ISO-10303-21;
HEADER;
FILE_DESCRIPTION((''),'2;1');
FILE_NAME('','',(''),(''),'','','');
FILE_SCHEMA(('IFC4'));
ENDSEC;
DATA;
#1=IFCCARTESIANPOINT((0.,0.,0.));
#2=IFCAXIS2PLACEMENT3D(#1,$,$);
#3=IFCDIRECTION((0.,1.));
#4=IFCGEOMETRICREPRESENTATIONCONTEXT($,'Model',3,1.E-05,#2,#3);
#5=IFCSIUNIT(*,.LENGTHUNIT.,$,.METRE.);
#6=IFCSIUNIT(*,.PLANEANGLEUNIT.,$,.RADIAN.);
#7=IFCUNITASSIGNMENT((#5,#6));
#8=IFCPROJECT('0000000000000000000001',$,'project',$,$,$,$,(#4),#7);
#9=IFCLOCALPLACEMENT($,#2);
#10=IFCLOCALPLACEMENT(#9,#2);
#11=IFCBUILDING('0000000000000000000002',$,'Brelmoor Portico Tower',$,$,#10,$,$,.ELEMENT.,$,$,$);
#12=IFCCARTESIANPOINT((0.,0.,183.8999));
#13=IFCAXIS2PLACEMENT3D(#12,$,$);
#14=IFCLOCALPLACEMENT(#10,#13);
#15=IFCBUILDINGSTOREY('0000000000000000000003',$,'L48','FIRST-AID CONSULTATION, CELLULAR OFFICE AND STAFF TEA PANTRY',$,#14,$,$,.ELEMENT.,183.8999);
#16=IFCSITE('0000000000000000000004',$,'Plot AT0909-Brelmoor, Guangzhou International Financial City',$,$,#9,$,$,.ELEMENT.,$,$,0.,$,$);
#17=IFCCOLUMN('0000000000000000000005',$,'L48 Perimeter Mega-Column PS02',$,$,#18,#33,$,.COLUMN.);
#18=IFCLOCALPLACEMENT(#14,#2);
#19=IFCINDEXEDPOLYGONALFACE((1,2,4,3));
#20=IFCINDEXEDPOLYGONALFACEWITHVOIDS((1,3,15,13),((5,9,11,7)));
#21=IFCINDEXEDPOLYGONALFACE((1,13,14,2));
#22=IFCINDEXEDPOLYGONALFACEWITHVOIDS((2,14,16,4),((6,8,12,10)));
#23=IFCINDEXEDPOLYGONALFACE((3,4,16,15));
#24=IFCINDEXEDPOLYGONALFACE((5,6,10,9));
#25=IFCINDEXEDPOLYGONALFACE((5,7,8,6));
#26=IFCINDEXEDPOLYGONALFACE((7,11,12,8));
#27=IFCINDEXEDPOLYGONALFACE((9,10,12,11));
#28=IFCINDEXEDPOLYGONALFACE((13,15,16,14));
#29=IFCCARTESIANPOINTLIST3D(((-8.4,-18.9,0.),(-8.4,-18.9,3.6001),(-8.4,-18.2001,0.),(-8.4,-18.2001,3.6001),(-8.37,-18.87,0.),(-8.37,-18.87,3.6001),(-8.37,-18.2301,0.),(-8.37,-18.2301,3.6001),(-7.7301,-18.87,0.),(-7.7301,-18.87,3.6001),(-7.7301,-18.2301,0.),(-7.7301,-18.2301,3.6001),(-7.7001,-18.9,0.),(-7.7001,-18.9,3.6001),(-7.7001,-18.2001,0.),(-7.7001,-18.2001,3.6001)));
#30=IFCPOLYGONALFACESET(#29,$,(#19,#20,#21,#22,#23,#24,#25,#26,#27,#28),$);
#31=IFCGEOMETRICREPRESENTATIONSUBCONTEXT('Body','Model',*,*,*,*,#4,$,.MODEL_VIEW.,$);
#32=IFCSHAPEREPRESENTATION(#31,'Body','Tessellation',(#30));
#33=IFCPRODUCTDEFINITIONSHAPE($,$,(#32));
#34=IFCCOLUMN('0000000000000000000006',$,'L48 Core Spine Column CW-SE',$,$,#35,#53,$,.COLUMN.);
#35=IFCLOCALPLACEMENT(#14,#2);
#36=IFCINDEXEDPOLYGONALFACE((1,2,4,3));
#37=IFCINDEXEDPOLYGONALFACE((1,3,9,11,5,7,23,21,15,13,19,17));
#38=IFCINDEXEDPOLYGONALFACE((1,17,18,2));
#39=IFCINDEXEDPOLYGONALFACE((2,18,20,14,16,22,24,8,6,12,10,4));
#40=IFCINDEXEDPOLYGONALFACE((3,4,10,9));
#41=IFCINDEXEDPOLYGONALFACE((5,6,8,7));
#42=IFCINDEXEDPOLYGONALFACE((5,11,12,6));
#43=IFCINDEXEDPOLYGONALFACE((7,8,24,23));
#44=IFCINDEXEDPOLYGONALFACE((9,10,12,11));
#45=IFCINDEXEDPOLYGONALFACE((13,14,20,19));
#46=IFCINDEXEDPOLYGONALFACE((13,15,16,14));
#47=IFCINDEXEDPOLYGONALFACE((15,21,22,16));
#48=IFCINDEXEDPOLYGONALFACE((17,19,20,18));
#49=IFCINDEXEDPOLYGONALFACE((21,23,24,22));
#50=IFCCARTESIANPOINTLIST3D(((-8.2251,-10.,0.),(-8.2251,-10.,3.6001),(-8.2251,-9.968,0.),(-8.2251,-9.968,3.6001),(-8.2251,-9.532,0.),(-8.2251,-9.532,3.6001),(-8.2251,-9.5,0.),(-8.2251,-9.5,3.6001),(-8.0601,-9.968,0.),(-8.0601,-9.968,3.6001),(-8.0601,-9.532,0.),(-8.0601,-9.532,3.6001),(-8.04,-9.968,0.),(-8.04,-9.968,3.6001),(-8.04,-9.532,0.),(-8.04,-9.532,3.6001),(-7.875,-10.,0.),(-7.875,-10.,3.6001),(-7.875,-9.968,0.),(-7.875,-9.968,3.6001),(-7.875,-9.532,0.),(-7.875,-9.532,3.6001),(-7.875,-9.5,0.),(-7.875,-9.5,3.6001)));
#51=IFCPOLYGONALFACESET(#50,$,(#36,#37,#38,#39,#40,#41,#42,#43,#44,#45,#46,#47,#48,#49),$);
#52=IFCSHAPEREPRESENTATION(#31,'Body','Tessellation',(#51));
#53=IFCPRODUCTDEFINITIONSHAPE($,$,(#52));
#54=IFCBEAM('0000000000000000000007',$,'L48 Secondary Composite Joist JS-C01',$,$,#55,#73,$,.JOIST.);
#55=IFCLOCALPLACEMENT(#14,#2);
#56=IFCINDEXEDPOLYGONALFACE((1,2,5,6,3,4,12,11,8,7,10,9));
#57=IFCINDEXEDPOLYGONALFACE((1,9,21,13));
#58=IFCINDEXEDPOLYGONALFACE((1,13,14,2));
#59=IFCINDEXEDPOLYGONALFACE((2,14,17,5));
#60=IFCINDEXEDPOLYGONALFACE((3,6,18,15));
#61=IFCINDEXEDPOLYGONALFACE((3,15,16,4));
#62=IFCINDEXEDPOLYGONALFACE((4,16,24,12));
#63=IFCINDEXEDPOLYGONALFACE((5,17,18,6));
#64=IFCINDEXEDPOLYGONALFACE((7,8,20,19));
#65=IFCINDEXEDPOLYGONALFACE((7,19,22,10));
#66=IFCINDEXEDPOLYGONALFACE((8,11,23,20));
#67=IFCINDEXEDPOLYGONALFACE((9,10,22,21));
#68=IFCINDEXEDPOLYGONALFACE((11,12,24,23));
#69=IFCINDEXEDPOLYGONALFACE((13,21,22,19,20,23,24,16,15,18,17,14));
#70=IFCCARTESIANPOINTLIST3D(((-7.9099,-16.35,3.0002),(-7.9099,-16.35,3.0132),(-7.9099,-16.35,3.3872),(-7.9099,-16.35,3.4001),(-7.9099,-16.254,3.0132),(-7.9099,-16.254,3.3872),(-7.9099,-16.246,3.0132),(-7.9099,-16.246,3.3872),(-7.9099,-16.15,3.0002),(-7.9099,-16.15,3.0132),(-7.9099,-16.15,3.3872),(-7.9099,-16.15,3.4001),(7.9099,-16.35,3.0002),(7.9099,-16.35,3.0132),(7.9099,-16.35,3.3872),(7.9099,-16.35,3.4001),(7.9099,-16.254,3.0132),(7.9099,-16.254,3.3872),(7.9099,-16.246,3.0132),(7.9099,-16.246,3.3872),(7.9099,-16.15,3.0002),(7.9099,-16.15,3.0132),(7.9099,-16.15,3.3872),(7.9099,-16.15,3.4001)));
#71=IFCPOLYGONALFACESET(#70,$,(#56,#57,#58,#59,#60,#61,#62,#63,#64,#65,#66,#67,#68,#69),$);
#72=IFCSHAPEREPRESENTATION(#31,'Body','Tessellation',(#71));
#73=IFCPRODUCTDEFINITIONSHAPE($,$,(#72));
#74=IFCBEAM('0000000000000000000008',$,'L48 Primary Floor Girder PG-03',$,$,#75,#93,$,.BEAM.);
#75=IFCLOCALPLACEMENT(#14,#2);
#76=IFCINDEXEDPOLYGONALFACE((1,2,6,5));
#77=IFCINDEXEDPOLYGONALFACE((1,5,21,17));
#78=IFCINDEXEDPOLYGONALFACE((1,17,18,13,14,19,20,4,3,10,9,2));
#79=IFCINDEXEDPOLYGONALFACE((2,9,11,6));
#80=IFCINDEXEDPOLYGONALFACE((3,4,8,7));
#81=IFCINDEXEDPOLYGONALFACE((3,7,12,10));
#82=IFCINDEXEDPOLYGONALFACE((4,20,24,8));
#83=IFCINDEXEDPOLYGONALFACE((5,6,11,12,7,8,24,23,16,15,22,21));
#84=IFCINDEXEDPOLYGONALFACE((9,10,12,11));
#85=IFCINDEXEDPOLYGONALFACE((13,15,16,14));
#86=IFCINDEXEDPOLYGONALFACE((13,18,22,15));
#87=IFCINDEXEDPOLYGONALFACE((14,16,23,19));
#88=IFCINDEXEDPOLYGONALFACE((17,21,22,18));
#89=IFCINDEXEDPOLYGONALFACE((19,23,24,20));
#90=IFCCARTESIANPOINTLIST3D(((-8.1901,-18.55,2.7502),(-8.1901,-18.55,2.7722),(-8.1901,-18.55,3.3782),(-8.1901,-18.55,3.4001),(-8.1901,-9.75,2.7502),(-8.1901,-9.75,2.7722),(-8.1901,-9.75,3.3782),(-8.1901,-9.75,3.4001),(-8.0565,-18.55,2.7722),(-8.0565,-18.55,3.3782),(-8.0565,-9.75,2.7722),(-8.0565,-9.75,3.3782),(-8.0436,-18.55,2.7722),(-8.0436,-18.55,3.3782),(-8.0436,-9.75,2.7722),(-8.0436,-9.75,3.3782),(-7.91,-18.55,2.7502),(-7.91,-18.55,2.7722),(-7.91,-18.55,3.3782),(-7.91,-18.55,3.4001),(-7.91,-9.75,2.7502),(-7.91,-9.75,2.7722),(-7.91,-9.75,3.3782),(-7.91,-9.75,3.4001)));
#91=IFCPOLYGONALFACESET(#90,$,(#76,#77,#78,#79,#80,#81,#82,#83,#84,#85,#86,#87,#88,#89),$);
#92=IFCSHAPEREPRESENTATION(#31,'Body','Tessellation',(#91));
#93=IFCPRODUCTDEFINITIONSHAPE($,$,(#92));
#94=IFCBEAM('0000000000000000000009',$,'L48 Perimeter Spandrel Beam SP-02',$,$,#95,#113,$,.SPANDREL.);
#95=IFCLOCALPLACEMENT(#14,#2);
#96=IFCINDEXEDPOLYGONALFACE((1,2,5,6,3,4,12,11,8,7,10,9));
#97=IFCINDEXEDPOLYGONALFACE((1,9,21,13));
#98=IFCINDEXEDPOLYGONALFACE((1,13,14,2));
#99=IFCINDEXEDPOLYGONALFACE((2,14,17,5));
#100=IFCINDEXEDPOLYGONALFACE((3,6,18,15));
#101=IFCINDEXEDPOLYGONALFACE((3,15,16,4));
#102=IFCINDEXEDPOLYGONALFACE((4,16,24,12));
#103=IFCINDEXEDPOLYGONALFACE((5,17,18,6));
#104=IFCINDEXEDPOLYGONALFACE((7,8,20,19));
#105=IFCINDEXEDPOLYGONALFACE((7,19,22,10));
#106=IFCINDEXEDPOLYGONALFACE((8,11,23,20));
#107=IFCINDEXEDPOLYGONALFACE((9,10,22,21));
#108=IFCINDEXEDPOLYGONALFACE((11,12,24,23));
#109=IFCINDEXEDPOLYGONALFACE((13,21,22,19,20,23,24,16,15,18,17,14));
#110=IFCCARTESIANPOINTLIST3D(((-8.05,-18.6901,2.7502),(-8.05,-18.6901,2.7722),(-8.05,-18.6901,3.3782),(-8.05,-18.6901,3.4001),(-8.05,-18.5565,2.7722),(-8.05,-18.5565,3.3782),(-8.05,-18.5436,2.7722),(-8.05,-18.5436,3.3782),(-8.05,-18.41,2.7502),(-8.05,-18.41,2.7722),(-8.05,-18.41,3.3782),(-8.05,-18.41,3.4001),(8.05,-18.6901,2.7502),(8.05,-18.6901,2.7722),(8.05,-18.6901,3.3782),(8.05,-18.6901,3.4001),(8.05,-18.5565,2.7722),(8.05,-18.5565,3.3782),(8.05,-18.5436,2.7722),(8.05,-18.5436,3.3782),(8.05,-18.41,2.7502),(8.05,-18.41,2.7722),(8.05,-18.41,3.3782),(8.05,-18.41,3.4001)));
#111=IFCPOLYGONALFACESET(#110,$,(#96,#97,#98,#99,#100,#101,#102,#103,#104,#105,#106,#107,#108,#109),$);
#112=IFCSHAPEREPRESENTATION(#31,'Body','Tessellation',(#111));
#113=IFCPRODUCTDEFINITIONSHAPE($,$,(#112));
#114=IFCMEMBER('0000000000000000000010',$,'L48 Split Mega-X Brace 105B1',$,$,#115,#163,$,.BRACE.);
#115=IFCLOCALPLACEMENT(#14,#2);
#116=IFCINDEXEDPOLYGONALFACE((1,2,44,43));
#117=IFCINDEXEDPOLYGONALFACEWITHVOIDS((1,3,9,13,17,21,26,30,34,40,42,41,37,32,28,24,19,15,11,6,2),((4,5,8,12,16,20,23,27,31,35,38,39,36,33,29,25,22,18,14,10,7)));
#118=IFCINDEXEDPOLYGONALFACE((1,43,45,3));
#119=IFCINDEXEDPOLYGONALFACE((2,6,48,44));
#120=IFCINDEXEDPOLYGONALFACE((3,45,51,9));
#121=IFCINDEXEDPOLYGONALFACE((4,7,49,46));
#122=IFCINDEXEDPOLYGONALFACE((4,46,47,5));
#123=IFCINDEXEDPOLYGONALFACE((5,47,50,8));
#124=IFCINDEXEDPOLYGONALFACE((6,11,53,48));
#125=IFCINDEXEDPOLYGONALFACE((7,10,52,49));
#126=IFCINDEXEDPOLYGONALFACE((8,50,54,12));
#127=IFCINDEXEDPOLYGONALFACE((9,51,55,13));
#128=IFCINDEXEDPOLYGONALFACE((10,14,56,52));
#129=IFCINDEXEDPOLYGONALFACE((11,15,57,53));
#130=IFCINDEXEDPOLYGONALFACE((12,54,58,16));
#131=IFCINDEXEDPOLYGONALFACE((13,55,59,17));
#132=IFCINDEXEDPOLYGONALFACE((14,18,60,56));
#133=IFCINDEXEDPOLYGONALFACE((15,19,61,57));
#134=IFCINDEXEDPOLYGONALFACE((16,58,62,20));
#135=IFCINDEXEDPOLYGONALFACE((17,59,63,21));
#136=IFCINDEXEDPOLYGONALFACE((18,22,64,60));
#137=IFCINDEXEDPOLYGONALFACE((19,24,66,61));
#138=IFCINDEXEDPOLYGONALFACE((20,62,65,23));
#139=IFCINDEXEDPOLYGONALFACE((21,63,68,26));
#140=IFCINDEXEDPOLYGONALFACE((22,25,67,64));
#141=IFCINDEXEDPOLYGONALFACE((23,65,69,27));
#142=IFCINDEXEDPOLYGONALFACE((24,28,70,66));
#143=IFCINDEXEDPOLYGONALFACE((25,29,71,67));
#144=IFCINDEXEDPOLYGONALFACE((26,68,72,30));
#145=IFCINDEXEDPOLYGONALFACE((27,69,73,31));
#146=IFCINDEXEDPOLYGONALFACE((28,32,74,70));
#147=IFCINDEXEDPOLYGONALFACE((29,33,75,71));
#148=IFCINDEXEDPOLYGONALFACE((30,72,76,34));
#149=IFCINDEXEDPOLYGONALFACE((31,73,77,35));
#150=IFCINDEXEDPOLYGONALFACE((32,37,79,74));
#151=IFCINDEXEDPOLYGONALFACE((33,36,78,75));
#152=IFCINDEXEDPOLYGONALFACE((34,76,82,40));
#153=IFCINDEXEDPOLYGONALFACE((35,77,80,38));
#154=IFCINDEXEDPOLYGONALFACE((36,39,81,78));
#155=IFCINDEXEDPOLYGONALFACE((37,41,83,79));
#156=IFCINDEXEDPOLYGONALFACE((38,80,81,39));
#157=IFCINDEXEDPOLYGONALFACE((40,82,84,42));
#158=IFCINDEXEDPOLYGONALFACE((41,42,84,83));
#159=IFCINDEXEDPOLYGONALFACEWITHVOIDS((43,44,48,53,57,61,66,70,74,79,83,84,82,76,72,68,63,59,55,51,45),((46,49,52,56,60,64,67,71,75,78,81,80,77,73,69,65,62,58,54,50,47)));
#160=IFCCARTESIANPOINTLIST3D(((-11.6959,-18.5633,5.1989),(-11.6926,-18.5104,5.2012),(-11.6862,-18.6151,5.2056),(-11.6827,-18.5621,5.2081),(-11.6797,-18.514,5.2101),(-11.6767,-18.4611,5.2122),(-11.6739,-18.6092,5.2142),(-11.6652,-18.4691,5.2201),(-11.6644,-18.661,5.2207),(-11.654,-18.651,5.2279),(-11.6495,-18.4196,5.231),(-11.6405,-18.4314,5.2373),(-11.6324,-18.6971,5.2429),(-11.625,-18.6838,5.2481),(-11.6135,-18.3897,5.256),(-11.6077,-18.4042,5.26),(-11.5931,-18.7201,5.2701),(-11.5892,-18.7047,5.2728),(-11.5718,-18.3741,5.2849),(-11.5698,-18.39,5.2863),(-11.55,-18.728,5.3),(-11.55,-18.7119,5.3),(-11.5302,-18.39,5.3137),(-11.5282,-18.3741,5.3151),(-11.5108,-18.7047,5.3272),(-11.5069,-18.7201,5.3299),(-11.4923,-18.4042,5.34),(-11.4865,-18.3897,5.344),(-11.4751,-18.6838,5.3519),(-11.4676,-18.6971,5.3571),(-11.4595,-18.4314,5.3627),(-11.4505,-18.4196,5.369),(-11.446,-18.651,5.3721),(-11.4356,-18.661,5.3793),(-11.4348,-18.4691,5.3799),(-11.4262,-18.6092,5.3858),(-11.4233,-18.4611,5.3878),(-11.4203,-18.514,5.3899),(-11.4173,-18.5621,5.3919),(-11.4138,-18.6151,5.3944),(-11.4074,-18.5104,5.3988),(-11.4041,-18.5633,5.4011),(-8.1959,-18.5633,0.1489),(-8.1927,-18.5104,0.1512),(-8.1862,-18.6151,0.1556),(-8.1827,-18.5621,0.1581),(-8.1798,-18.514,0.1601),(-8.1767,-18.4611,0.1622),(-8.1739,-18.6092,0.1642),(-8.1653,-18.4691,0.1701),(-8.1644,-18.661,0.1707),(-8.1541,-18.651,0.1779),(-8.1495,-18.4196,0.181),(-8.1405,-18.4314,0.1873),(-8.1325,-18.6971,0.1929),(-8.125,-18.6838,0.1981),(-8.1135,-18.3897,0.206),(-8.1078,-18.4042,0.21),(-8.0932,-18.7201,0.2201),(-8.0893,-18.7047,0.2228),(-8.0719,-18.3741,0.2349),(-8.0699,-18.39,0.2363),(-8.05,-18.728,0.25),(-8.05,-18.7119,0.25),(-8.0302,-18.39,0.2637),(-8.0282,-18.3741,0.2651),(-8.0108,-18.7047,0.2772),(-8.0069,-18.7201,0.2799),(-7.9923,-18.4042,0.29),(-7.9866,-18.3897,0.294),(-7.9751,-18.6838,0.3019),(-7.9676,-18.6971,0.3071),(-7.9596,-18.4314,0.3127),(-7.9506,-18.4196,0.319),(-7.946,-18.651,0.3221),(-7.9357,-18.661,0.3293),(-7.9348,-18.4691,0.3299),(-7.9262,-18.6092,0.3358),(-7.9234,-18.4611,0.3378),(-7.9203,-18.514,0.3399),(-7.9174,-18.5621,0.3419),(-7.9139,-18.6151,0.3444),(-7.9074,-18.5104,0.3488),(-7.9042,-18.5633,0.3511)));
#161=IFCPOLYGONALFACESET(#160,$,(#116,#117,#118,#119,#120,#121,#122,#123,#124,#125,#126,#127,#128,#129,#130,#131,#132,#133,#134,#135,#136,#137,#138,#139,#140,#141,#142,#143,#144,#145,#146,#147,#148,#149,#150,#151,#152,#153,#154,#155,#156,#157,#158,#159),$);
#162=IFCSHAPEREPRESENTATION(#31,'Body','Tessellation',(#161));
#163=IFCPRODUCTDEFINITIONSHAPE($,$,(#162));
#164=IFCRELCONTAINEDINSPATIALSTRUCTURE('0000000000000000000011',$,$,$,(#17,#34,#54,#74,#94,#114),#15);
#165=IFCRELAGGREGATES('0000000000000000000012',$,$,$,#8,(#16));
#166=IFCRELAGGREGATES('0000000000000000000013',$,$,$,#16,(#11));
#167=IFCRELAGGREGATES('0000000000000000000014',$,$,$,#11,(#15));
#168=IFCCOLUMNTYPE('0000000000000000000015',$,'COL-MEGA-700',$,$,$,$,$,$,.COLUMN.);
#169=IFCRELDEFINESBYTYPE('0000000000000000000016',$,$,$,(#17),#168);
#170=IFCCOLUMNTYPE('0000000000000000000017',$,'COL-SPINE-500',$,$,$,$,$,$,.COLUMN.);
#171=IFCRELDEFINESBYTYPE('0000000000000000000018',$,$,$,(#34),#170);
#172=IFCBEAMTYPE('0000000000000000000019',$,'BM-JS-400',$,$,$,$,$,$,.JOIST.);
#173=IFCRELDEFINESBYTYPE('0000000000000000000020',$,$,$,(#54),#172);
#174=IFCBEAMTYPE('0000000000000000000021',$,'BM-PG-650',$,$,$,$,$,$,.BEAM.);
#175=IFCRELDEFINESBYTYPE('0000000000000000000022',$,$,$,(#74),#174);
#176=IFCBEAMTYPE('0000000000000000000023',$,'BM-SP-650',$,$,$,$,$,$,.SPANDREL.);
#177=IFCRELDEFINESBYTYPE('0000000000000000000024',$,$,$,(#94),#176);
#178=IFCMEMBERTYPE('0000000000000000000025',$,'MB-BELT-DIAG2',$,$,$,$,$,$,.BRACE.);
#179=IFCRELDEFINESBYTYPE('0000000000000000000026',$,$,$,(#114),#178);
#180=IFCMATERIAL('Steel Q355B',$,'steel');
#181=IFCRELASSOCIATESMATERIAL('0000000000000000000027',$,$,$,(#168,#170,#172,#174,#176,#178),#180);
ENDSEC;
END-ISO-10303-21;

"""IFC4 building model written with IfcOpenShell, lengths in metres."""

from ifc_helpers import new_model, si_unit, direction, frame, origin, origin_2d, place, context, subcontext, project, spatial, hollow_rectangle, hollow_circle, i_section, extrude, material, material_profile, profile_set, type_object, element, save


model = new_model("IFC4")

# Units and contexts
model_context = context("Model", 3, precision=1e-05, world=origin(), true_north=direction((0.0, 1.0)))
body_context = subcontext(model_context, "Body", "Model", "MODEL_VIEW")
ifc_project = project(units=[si_unit("LENGTHUNIT", "METRE"), si_unit("PLANEANGLEUNIT", "RADIAN")], contexts=[model_context])

# Site, building, storey
site_placement = place(None, origin())
site = spatial("IfcSite", under=ifc_project, at=site_placement, Name="Plot AT0909-Brelmoor, Guangzhou International Financial City", CompositionType="ELEMENT", RefElevation=0.0)
building_placement = place(site_placement, origin())
building = spatial("IfcBuilding", under=site, at=building_placement, Name="Brelmoor Portico Tower", CompositionType="ELEMENT")
storey_placement = place(building_placement, frame((0.0, 0.0, 183.8999)))
storey = spatial("IfcBuildingStorey", under=building, at=storey_placement, Name="L48", Description="FIRST-AID CONSULTATION, CELLULAR OFFICE AND STAFF TEA PANTRY", CompositionType="ELEMENT", Elevation=183.8999)

# Columns
ifc_material_1 = material(Name="Steel Q355B", Category="steel")
ifc_material_profile_1 = material_profile(ifc_material_1, hollow_rectangle(XDim=0.7, YDim=0.7, WallThickness=0.03, at=origin_2d()), Name="BOX 700x700x30")
ifc_profile_set_1 = profile_set([ifc_material_profile_1], Name="Steel Q355B")
column_type_1 = type_object("IfcColumnType", Name="COL-MEGA-700", PredefinedType="COLUMN", material=ifc_profile_set_1)
column_1_placement = place(storey_placement, frame((-8.05, -18.55, 0.0), z_axis=(0.0, 0.0, 1.0), x_axis=(1.0, 0.0, 0.0)))
element("IfcColumn", 1, at=column_1_placement, inside=storey, type_object=column_type_1, Name="L48 Perimeter Mega-Column PS02", PredefinedType="COLUMN", context=body_context, shape_type="SweptSolid", body=[
    extrude(hollow_rectangle(XDim=0.7, YDim=0.7, WallThickness=0.03, at=origin_2d()), origin(), (0.0, 0.0, 1.0), 3.6001),
])
ifc_material_profile_2 = material_profile(ifc_material_1, i_section(OverallWidth=0.3501, OverallDepth=0.5, WebThickness=0.02, FlangeThickness=0.032, at=origin_2d()), Name="HW 500x350x20x32")
ifc_profile_set_2 = profile_set([ifc_material_profile_2], Name="Steel Q355B")
column_type_2 = type_object("IfcColumnType", Name="COL-SPINE-500", PredefinedType="COLUMN", material=ifc_profile_set_2)
column_2_placement = place(storey_placement, frame((-8.05, -9.75, 0.0), z_axis=(0.0, 0.0, 1.0), x_axis=(1.0, 0.0, 0.0)))
element("IfcColumn", 2, at=column_2_placement, inside=storey, type_object=column_type_2, Name="L48 Core Spine Column CW-SE", PredefinedType="COLUMN", context=body_context, shape_type="SweptSolid", body=[
    extrude(i_section(OverallWidth=0.3501, OverallDepth=0.5, WebThickness=0.02, FlangeThickness=0.032, at=origin_2d()), origin(), (0.0, 0.0, 1.0), 3.6001),
])

# Beams
ifc_material_profile_3 = material_profile(ifc_material_1, i_section(OverallWidth=0.2, OverallDepth=0.3999, WebThickness=0.0081, FlangeThickness=0.0129, at=origin_2d()), Name="HN 400x200x8x13")
ifc_profile_set_3 = profile_set([ifc_material_profile_3], Name="Steel Q355B")
beam_type_1 = type_object("IfcBeamType", Name="BM-JS-400", PredefinedType="JOIST", material=ifc_profile_set_3)
beam_1_placement = place(storey_placement, frame((-7.9099, -16.25, 3.2002), z_axis=(1.0, 0.0, 0.0), x_axis=(0.0, 1.0, 0.0)))
element("IfcBeam", 3, at=beam_1_placement, inside=storey, type_object=beam_type_1, Name="L48 Secondary Composite Joist JS-C01", PredefinedType="JOIST", context=body_context, shape_type="SweptSolid", body=[
    extrude(i_section(OverallWidth=0.2, OverallDepth=0.3999, WebThickness=0.0081, FlangeThickness=0.0129, at=origin_2d()), origin(), (0.0, 0.0, 1.0), 15.8198),
])
ifc_material_profile_4 = material_profile(ifc_material_1, i_section(OverallWidth=0.28, OverallDepth=0.6499, WebThickness=0.0129, FlangeThickness=0.022, at=origin_2d()), Name="HN 650x280x13x22")
ifc_profile_set_4 = profile_set([ifc_material_profile_4], Name="Steel Q355B")
beam_type_2 = type_object("IfcBeamType", Name="BM-PG-650", PredefinedType="BEAM", material=ifc_profile_set_4)
beam_2_placement = place(storey_placement, frame((-8.05, -18.55, 3.0752), z_axis=(0.0, 1.0, 0.0), x_axis=(-1.0, 0.0, 0.0)))
element("IfcBeam", 4, at=beam_2_placement, inside=storey, type_object=beam_type_2, Name="L48 Primary Floor Girder PG-03", PredefinedType="BEAM", context=body_context, shape_type="SweptSolid", body=[
    extrude(i_section(OverallWidth=0.28, OverallDepth=0.6499, WebThickness=0.0129, FlangeThickness=0.022, at=origin_2d()), origin(), (0.0, 0.0, 1.0), 8.8),
])
ifc_material_profile_5 = material_profile(ifc_material_1, i_section(OverallWidth=0.28, OverallDepth=0.6499, WebThickness=0.0129, FlangeThickness=0.022, at=origin_2d()), Name="HN 650x280x13x22")
ifc_profile_set_5 = profile_set([ifc_material_profile_5], Name="Steel Q355B")
beam_type_3 = type_object("IfcBeamType", Name="BM-SP-650", PredefinedType="SPANDREL", material=ifc_profile_set_5)
beam_3_placement = place(storey_placement, frame((-8.05, -18.55, 3.0752), z_axis=(1.0, 0.0, 0.0), x_axis=(0.0, 1.0, 0.0)))
element("IfcBeam", 5, at=beam_3_placement, inside=storey, type_object=beam_type_3, Name="L48 Perimeter Spandrel Beam SP-02", PredefinedType="SPANDREL", context=body_context, shape_type="SweptSolid", body=[
    extrude(i_section(OverallWidth=0.28, OverallDepth=0.6499, WebThickness=0.0129, FlangeThickness=0.022, at=origin_2d()), origin(), (0.0, 0.0, 1.0), 16.1001),
])

# Member
ifc_material_profile_6 = material_profile(ifc_material_1, hollow_circle(Radius=0.178, WallThickness=0.0161, at=origin_2d()), Name="CHS 356x16")
ifc_profile_set_6 = profile_set([ifc_material_profile_6], Name="Steel Q355B")
member_type_1 = type_object("IfcMemberType", Name="MB-BELT-DIAG2", PredefinedType="BRACE", material=ifc_profile_set_6)
for number, where, z_axis, x_axis, name in (
    (6, (-8.05, -18.55, 0.25), (-0.569629, 0.0, 0.821902), (0.0, -1.0, 0.0), "L48 Split Mega-X Brace 105B1"),
):
    element("IfcMember", number, at=place(storey_placement, frame(where, z_axis=z_axis, x_axis=x_axis)), inside=storey, type_object=member_type_1, Name=name, PredefinedType="BRACE", context=body_context, shape_type="SweptSolid", body=[
        extrude(hollow_circle(Radius=0.178, WallThickness=0.0161, at=origin_2d()), origin(), (0.0, 0.0, 1.0), 6.1443),
    ])

save(model, "model.ifc")
